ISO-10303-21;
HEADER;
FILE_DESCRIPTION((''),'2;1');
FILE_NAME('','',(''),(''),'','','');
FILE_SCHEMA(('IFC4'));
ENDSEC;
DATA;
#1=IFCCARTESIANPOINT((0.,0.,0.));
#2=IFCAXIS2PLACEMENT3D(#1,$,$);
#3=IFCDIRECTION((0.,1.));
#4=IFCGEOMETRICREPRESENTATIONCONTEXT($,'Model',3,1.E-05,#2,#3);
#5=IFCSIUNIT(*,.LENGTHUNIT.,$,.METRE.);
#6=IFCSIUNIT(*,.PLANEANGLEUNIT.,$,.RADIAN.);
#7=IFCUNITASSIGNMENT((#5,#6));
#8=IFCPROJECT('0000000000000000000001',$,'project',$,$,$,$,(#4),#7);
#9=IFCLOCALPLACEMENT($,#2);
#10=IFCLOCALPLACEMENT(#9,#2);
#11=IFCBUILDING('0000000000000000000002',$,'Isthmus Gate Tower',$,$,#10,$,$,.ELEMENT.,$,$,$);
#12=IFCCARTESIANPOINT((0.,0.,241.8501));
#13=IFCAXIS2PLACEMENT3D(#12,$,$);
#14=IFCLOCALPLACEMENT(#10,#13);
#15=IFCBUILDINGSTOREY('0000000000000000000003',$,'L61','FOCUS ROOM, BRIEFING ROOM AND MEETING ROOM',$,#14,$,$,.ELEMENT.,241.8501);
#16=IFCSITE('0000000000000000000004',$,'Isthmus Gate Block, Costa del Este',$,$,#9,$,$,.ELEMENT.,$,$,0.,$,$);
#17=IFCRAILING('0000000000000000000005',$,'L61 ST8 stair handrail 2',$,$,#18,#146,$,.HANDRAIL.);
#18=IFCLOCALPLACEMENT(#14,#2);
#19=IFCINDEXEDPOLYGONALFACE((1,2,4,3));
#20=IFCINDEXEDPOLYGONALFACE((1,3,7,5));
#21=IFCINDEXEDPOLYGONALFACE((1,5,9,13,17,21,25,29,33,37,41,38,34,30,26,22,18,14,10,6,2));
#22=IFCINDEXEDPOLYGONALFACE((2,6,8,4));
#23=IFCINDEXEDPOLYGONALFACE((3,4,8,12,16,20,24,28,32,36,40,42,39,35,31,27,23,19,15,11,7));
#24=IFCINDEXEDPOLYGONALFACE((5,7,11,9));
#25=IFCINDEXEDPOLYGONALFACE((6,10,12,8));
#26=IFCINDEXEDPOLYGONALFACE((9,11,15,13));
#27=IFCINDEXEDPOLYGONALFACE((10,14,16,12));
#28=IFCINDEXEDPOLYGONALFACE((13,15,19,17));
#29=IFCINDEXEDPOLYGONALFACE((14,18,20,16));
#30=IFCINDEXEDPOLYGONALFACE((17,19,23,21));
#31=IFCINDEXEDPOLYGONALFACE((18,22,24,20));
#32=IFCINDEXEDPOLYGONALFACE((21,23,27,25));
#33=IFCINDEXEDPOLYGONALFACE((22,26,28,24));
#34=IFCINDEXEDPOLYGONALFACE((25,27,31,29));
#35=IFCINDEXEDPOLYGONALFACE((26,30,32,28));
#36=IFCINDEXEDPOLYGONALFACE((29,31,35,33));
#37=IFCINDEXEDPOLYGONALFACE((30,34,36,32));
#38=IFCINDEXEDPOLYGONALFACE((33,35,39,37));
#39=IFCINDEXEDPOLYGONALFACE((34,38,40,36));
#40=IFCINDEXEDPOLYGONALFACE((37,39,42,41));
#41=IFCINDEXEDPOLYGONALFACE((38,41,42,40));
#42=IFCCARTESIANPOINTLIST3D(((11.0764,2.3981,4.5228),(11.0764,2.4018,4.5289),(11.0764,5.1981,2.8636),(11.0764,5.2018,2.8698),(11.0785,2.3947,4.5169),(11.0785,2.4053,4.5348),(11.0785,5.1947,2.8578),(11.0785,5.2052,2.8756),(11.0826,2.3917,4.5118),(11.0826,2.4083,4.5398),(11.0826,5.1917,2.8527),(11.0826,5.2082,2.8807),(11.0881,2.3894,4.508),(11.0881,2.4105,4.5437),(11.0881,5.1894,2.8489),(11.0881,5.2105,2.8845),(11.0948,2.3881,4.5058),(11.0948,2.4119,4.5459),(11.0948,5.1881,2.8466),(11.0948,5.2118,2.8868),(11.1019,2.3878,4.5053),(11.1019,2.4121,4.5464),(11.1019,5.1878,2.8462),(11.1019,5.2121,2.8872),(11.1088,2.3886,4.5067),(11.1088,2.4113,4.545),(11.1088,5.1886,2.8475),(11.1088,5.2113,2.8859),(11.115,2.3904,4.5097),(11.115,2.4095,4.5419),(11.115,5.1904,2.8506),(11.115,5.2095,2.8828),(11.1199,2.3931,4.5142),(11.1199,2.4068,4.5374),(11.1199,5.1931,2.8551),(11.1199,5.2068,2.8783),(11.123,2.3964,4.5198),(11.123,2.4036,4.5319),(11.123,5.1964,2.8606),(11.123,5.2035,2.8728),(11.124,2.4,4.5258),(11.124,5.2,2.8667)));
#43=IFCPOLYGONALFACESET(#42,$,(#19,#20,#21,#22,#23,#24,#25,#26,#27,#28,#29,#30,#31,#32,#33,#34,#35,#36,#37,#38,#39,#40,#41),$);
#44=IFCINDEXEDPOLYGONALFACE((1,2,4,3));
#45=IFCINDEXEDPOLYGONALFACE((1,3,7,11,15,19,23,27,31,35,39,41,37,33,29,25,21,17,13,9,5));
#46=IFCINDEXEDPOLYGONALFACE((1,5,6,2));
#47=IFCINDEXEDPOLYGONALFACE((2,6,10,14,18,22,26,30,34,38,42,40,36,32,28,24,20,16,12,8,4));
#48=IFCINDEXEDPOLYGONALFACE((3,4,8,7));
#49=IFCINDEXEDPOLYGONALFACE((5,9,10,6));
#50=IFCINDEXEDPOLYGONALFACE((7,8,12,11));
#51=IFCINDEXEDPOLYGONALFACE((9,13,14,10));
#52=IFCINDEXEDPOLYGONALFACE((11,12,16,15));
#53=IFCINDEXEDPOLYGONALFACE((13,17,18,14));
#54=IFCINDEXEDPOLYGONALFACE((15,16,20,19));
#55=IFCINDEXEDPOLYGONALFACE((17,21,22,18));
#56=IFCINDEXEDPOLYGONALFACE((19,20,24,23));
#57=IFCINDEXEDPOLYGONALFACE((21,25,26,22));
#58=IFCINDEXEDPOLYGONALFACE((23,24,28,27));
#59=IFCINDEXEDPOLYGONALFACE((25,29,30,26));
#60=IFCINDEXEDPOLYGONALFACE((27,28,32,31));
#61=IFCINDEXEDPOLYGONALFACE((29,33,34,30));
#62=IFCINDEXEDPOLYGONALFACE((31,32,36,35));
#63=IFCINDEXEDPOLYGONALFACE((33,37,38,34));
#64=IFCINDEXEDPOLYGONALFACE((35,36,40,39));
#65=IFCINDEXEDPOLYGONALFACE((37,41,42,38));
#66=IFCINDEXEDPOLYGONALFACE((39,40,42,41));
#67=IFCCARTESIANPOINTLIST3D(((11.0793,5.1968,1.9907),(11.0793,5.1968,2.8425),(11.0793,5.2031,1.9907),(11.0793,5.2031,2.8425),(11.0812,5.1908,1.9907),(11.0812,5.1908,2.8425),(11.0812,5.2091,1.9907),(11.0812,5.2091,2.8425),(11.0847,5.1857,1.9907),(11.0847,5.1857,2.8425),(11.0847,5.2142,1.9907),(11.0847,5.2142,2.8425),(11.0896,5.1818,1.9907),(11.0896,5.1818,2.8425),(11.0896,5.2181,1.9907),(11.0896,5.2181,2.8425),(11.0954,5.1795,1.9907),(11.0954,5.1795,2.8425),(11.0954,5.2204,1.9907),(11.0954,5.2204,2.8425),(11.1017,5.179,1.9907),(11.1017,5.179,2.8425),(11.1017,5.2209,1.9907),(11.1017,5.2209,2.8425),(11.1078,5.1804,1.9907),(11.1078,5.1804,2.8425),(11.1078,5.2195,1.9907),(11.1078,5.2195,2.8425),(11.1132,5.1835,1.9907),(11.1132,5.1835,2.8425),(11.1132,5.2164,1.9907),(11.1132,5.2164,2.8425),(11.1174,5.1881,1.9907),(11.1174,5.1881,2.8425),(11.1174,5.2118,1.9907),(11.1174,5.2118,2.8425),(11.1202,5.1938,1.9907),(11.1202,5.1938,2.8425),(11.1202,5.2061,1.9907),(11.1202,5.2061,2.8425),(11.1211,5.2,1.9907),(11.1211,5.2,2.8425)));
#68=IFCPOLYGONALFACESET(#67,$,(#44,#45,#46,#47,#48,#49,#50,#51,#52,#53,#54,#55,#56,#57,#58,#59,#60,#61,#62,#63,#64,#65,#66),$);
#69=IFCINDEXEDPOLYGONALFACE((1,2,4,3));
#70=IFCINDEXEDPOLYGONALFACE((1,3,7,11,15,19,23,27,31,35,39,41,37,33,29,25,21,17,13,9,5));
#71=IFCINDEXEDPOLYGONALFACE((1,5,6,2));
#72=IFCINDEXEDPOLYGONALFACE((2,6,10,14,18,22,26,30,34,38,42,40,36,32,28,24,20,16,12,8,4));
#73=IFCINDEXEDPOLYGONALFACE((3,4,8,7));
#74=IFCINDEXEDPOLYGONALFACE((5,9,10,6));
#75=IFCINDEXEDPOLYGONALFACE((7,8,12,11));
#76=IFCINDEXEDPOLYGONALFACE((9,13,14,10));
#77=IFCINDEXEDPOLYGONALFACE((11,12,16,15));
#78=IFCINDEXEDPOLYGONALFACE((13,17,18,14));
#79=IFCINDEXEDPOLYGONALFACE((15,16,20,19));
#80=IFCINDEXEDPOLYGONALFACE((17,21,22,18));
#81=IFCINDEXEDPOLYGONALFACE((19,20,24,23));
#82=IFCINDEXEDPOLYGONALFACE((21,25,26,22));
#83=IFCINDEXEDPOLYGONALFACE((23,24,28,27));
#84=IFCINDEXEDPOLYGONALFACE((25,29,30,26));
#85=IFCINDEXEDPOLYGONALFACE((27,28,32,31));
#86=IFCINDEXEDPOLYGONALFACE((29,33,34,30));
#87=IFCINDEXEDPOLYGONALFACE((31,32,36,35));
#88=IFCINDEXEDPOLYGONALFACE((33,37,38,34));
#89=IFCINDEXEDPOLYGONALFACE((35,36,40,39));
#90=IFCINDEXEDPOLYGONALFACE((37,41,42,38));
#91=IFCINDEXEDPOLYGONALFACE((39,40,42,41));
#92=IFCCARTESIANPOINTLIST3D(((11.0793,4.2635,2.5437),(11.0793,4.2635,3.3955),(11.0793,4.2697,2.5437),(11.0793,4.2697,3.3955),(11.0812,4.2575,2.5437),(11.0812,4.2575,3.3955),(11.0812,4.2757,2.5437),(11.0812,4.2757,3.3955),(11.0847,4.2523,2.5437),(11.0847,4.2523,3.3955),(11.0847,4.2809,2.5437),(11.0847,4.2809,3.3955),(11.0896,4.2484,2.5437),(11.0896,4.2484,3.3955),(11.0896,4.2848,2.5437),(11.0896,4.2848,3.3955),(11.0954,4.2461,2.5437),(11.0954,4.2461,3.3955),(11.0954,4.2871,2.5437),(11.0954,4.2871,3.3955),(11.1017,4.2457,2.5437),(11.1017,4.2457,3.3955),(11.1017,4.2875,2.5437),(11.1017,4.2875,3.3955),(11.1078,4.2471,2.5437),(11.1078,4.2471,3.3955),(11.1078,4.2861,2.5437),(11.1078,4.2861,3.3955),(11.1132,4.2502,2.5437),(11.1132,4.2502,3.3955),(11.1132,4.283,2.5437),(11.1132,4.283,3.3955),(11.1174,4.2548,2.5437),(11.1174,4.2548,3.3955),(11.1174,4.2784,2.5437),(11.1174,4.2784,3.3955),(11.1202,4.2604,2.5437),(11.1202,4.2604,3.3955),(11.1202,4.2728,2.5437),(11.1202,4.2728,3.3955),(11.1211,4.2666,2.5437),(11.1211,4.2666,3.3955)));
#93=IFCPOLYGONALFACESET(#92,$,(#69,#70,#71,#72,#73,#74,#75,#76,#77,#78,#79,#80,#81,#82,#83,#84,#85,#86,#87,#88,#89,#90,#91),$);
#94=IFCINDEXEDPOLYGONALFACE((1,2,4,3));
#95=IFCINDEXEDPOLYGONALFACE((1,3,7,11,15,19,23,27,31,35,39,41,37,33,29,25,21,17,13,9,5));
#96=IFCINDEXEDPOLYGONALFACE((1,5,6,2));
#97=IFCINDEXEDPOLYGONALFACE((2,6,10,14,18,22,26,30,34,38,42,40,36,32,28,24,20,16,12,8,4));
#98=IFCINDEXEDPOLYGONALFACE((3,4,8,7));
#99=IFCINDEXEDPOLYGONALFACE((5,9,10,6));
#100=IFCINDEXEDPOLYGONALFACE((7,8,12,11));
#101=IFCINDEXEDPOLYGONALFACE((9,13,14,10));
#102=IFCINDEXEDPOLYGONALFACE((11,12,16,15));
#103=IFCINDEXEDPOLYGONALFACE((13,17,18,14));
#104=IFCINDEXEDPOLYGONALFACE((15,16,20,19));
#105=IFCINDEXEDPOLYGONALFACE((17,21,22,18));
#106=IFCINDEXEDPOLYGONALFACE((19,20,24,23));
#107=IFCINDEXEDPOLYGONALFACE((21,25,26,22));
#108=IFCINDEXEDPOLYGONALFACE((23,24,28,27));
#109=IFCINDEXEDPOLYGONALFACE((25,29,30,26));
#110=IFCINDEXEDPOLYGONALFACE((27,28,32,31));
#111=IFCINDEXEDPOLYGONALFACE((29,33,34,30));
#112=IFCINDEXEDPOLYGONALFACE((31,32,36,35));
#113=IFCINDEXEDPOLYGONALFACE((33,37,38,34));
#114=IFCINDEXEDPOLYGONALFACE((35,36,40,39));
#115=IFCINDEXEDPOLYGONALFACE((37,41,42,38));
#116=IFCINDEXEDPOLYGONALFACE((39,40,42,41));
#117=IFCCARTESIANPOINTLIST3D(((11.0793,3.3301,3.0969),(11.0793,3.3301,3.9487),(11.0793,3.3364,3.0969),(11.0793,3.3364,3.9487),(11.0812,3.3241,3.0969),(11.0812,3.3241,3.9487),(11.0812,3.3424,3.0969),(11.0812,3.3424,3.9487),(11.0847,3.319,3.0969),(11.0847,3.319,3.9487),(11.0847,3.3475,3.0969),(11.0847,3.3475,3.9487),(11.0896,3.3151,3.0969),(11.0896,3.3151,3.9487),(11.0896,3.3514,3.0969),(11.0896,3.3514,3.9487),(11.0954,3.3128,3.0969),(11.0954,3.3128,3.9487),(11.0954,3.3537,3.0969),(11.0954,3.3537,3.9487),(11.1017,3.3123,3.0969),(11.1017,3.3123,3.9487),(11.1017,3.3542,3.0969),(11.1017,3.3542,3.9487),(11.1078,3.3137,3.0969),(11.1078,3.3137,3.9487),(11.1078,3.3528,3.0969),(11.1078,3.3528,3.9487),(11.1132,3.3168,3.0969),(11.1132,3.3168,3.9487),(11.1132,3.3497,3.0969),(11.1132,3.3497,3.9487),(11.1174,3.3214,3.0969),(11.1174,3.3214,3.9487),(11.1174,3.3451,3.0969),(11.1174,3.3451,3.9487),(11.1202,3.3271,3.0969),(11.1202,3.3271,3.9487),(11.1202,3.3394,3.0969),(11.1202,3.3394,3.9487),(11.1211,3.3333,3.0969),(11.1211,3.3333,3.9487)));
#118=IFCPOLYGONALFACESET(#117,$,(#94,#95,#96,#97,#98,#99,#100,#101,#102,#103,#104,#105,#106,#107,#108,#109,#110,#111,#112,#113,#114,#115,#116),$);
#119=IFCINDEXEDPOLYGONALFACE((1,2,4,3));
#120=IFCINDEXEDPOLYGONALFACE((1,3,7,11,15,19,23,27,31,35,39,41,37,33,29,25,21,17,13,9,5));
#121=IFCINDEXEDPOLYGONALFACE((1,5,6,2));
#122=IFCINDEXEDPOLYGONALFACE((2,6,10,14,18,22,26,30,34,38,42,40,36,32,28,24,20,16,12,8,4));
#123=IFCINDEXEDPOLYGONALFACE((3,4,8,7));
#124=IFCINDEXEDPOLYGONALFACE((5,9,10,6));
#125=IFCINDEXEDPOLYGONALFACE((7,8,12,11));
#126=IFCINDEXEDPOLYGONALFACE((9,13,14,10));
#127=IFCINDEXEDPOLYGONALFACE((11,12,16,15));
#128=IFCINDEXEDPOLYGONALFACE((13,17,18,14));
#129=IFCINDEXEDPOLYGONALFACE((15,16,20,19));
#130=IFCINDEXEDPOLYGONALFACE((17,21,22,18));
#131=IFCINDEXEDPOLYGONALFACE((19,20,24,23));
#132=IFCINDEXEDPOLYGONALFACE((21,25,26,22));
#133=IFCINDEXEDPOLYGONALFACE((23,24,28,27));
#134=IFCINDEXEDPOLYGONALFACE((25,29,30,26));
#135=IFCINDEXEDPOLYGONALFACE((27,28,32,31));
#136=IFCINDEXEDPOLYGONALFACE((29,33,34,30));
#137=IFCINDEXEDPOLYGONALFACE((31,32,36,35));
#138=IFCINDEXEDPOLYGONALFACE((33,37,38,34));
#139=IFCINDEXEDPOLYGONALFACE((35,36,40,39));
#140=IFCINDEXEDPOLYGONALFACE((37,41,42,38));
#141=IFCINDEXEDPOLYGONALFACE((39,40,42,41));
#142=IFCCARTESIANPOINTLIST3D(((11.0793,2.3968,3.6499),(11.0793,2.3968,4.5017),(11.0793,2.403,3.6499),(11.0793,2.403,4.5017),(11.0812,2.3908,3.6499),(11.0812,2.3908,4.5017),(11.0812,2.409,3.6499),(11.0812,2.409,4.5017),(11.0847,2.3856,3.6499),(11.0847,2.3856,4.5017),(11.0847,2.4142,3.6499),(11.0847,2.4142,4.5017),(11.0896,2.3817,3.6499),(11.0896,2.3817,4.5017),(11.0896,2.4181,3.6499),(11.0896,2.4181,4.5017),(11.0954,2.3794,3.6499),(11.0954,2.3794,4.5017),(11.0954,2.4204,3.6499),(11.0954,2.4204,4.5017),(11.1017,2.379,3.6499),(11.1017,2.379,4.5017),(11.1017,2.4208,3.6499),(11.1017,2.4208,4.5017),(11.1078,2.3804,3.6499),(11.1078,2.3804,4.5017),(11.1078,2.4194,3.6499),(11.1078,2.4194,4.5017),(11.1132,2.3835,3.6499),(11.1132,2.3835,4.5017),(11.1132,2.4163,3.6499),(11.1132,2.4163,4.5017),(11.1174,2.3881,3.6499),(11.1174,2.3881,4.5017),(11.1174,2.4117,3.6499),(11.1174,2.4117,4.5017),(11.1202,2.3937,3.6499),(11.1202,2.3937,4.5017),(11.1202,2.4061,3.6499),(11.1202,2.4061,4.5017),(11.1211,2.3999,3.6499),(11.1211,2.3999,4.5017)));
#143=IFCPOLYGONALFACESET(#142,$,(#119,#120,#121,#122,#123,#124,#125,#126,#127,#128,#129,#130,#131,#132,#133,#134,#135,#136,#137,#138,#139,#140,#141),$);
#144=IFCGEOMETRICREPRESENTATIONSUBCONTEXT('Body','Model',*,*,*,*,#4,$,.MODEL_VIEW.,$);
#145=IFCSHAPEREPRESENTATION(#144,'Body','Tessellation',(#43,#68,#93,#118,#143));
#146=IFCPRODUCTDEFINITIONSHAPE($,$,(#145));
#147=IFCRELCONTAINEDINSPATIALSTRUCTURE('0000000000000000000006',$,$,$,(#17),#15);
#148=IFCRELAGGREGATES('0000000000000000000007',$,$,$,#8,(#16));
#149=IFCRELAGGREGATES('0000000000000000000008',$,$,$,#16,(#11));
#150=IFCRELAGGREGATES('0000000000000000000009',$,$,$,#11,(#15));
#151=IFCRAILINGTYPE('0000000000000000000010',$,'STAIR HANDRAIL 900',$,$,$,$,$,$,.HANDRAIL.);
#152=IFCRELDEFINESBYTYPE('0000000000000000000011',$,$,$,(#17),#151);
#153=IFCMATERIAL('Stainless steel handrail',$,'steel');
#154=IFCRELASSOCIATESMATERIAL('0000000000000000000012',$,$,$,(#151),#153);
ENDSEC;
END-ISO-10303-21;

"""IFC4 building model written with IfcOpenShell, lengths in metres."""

from ifc_helpers import new_model, si_unit, direction, frame, origin, origin_2d, place, context, subcontext, project, spatial, circle, extrude, material, type_object, element, save


model = new_model("IFC4")

# Units and contexts
model_context = context("Model", 3, precision=1e-05, world=origin(), true_north=direction((0.0, 1.0)))
body_context = subcontext(model_context, "Body", "Model", "MODEL_VIEW")
ifc_project = project(units=[si_unit("LENGTHUNIT", "METRE"), si_unit("PLANEANGLEUNIT", "RADIAN")], contexts=[model_context])

# Site, building, storey
site_placement = place(None, origin())
site = spatial("IfcSite", under=ifc_project, at=site_placement, Name="Isthmus Gate Block, Costa del Este", CompositionType="ELEMENT", RefElevation=0.0)
building_placement = place(site_placement, origin())
building = spatial("IfcBuilding", under=site, at=building_placement, Name="Isthmus Gate Tower", CompositionType="ELEMENT")
storey_placement = place(building_placement, frame((0.0, 0.0, 241.8501)))
storey = spatial("IfcBuildingStorey", under=building, at=storey_placement, Name="L61", Description="FOCUS ROOM, BRIEFING ROOM AND MEETING ROOM", CompositionType="ELEMENT", Elevation=241.8501)

# Railing
ifc_material_1 = material(Name="Stainless steel handrail", Category="steel")
railing_type_1 = type_object("IfcRailingType", Name="STAIR HANDRAIL 900", PredefinedType="HANDRAIL", material=ifc_material_1)
for number, where, name in (
    (1, (11.1001, 5.2, 1.9907), "L61 ST8 stair handrail 2"),
):
    element("IfcRailing", number, at=place(storey_placement, frame(where)), inside=storey, type_object=railing_type_1, Name=name, PredefinedType="HANDRAIL", context=body_context, shape_type="SweptSolid", body=[
        extrude(circle(Radius=0.0239, at=origin_2d()), frame((0.0, 0.0, 0.876), z_axis=(0.0, -0.860306, 0.509778), x_axis=(1.0, 0.0, 0.0)), (0.0, 0.0, 1.0), 3.2546),
        extrude(circle(Radius=0.021, at=origin_2d()), origin(), (0.0, 0.0, 1.0), 0.8518),
        extrude(circle(Radius=0.021, at=origin_2d()), frame((0.0, -0.9333, 0.553)), (0.0, 0.0, 1.0), 0.8518),
        extrude(circle(Radius=0.021, at=origin_2d()), frame((0.0, -1.8667, 1.1062)), (0.0, 0.0, 1.0), 0.8518),
        extrude(circle(Radius=0.021, at=origin_2d()), frame((0.0, -2.8, 1.6592)), (0.0, 0.0, 1.0), 0.8518),
    ])

save(model, "model.ifc")
